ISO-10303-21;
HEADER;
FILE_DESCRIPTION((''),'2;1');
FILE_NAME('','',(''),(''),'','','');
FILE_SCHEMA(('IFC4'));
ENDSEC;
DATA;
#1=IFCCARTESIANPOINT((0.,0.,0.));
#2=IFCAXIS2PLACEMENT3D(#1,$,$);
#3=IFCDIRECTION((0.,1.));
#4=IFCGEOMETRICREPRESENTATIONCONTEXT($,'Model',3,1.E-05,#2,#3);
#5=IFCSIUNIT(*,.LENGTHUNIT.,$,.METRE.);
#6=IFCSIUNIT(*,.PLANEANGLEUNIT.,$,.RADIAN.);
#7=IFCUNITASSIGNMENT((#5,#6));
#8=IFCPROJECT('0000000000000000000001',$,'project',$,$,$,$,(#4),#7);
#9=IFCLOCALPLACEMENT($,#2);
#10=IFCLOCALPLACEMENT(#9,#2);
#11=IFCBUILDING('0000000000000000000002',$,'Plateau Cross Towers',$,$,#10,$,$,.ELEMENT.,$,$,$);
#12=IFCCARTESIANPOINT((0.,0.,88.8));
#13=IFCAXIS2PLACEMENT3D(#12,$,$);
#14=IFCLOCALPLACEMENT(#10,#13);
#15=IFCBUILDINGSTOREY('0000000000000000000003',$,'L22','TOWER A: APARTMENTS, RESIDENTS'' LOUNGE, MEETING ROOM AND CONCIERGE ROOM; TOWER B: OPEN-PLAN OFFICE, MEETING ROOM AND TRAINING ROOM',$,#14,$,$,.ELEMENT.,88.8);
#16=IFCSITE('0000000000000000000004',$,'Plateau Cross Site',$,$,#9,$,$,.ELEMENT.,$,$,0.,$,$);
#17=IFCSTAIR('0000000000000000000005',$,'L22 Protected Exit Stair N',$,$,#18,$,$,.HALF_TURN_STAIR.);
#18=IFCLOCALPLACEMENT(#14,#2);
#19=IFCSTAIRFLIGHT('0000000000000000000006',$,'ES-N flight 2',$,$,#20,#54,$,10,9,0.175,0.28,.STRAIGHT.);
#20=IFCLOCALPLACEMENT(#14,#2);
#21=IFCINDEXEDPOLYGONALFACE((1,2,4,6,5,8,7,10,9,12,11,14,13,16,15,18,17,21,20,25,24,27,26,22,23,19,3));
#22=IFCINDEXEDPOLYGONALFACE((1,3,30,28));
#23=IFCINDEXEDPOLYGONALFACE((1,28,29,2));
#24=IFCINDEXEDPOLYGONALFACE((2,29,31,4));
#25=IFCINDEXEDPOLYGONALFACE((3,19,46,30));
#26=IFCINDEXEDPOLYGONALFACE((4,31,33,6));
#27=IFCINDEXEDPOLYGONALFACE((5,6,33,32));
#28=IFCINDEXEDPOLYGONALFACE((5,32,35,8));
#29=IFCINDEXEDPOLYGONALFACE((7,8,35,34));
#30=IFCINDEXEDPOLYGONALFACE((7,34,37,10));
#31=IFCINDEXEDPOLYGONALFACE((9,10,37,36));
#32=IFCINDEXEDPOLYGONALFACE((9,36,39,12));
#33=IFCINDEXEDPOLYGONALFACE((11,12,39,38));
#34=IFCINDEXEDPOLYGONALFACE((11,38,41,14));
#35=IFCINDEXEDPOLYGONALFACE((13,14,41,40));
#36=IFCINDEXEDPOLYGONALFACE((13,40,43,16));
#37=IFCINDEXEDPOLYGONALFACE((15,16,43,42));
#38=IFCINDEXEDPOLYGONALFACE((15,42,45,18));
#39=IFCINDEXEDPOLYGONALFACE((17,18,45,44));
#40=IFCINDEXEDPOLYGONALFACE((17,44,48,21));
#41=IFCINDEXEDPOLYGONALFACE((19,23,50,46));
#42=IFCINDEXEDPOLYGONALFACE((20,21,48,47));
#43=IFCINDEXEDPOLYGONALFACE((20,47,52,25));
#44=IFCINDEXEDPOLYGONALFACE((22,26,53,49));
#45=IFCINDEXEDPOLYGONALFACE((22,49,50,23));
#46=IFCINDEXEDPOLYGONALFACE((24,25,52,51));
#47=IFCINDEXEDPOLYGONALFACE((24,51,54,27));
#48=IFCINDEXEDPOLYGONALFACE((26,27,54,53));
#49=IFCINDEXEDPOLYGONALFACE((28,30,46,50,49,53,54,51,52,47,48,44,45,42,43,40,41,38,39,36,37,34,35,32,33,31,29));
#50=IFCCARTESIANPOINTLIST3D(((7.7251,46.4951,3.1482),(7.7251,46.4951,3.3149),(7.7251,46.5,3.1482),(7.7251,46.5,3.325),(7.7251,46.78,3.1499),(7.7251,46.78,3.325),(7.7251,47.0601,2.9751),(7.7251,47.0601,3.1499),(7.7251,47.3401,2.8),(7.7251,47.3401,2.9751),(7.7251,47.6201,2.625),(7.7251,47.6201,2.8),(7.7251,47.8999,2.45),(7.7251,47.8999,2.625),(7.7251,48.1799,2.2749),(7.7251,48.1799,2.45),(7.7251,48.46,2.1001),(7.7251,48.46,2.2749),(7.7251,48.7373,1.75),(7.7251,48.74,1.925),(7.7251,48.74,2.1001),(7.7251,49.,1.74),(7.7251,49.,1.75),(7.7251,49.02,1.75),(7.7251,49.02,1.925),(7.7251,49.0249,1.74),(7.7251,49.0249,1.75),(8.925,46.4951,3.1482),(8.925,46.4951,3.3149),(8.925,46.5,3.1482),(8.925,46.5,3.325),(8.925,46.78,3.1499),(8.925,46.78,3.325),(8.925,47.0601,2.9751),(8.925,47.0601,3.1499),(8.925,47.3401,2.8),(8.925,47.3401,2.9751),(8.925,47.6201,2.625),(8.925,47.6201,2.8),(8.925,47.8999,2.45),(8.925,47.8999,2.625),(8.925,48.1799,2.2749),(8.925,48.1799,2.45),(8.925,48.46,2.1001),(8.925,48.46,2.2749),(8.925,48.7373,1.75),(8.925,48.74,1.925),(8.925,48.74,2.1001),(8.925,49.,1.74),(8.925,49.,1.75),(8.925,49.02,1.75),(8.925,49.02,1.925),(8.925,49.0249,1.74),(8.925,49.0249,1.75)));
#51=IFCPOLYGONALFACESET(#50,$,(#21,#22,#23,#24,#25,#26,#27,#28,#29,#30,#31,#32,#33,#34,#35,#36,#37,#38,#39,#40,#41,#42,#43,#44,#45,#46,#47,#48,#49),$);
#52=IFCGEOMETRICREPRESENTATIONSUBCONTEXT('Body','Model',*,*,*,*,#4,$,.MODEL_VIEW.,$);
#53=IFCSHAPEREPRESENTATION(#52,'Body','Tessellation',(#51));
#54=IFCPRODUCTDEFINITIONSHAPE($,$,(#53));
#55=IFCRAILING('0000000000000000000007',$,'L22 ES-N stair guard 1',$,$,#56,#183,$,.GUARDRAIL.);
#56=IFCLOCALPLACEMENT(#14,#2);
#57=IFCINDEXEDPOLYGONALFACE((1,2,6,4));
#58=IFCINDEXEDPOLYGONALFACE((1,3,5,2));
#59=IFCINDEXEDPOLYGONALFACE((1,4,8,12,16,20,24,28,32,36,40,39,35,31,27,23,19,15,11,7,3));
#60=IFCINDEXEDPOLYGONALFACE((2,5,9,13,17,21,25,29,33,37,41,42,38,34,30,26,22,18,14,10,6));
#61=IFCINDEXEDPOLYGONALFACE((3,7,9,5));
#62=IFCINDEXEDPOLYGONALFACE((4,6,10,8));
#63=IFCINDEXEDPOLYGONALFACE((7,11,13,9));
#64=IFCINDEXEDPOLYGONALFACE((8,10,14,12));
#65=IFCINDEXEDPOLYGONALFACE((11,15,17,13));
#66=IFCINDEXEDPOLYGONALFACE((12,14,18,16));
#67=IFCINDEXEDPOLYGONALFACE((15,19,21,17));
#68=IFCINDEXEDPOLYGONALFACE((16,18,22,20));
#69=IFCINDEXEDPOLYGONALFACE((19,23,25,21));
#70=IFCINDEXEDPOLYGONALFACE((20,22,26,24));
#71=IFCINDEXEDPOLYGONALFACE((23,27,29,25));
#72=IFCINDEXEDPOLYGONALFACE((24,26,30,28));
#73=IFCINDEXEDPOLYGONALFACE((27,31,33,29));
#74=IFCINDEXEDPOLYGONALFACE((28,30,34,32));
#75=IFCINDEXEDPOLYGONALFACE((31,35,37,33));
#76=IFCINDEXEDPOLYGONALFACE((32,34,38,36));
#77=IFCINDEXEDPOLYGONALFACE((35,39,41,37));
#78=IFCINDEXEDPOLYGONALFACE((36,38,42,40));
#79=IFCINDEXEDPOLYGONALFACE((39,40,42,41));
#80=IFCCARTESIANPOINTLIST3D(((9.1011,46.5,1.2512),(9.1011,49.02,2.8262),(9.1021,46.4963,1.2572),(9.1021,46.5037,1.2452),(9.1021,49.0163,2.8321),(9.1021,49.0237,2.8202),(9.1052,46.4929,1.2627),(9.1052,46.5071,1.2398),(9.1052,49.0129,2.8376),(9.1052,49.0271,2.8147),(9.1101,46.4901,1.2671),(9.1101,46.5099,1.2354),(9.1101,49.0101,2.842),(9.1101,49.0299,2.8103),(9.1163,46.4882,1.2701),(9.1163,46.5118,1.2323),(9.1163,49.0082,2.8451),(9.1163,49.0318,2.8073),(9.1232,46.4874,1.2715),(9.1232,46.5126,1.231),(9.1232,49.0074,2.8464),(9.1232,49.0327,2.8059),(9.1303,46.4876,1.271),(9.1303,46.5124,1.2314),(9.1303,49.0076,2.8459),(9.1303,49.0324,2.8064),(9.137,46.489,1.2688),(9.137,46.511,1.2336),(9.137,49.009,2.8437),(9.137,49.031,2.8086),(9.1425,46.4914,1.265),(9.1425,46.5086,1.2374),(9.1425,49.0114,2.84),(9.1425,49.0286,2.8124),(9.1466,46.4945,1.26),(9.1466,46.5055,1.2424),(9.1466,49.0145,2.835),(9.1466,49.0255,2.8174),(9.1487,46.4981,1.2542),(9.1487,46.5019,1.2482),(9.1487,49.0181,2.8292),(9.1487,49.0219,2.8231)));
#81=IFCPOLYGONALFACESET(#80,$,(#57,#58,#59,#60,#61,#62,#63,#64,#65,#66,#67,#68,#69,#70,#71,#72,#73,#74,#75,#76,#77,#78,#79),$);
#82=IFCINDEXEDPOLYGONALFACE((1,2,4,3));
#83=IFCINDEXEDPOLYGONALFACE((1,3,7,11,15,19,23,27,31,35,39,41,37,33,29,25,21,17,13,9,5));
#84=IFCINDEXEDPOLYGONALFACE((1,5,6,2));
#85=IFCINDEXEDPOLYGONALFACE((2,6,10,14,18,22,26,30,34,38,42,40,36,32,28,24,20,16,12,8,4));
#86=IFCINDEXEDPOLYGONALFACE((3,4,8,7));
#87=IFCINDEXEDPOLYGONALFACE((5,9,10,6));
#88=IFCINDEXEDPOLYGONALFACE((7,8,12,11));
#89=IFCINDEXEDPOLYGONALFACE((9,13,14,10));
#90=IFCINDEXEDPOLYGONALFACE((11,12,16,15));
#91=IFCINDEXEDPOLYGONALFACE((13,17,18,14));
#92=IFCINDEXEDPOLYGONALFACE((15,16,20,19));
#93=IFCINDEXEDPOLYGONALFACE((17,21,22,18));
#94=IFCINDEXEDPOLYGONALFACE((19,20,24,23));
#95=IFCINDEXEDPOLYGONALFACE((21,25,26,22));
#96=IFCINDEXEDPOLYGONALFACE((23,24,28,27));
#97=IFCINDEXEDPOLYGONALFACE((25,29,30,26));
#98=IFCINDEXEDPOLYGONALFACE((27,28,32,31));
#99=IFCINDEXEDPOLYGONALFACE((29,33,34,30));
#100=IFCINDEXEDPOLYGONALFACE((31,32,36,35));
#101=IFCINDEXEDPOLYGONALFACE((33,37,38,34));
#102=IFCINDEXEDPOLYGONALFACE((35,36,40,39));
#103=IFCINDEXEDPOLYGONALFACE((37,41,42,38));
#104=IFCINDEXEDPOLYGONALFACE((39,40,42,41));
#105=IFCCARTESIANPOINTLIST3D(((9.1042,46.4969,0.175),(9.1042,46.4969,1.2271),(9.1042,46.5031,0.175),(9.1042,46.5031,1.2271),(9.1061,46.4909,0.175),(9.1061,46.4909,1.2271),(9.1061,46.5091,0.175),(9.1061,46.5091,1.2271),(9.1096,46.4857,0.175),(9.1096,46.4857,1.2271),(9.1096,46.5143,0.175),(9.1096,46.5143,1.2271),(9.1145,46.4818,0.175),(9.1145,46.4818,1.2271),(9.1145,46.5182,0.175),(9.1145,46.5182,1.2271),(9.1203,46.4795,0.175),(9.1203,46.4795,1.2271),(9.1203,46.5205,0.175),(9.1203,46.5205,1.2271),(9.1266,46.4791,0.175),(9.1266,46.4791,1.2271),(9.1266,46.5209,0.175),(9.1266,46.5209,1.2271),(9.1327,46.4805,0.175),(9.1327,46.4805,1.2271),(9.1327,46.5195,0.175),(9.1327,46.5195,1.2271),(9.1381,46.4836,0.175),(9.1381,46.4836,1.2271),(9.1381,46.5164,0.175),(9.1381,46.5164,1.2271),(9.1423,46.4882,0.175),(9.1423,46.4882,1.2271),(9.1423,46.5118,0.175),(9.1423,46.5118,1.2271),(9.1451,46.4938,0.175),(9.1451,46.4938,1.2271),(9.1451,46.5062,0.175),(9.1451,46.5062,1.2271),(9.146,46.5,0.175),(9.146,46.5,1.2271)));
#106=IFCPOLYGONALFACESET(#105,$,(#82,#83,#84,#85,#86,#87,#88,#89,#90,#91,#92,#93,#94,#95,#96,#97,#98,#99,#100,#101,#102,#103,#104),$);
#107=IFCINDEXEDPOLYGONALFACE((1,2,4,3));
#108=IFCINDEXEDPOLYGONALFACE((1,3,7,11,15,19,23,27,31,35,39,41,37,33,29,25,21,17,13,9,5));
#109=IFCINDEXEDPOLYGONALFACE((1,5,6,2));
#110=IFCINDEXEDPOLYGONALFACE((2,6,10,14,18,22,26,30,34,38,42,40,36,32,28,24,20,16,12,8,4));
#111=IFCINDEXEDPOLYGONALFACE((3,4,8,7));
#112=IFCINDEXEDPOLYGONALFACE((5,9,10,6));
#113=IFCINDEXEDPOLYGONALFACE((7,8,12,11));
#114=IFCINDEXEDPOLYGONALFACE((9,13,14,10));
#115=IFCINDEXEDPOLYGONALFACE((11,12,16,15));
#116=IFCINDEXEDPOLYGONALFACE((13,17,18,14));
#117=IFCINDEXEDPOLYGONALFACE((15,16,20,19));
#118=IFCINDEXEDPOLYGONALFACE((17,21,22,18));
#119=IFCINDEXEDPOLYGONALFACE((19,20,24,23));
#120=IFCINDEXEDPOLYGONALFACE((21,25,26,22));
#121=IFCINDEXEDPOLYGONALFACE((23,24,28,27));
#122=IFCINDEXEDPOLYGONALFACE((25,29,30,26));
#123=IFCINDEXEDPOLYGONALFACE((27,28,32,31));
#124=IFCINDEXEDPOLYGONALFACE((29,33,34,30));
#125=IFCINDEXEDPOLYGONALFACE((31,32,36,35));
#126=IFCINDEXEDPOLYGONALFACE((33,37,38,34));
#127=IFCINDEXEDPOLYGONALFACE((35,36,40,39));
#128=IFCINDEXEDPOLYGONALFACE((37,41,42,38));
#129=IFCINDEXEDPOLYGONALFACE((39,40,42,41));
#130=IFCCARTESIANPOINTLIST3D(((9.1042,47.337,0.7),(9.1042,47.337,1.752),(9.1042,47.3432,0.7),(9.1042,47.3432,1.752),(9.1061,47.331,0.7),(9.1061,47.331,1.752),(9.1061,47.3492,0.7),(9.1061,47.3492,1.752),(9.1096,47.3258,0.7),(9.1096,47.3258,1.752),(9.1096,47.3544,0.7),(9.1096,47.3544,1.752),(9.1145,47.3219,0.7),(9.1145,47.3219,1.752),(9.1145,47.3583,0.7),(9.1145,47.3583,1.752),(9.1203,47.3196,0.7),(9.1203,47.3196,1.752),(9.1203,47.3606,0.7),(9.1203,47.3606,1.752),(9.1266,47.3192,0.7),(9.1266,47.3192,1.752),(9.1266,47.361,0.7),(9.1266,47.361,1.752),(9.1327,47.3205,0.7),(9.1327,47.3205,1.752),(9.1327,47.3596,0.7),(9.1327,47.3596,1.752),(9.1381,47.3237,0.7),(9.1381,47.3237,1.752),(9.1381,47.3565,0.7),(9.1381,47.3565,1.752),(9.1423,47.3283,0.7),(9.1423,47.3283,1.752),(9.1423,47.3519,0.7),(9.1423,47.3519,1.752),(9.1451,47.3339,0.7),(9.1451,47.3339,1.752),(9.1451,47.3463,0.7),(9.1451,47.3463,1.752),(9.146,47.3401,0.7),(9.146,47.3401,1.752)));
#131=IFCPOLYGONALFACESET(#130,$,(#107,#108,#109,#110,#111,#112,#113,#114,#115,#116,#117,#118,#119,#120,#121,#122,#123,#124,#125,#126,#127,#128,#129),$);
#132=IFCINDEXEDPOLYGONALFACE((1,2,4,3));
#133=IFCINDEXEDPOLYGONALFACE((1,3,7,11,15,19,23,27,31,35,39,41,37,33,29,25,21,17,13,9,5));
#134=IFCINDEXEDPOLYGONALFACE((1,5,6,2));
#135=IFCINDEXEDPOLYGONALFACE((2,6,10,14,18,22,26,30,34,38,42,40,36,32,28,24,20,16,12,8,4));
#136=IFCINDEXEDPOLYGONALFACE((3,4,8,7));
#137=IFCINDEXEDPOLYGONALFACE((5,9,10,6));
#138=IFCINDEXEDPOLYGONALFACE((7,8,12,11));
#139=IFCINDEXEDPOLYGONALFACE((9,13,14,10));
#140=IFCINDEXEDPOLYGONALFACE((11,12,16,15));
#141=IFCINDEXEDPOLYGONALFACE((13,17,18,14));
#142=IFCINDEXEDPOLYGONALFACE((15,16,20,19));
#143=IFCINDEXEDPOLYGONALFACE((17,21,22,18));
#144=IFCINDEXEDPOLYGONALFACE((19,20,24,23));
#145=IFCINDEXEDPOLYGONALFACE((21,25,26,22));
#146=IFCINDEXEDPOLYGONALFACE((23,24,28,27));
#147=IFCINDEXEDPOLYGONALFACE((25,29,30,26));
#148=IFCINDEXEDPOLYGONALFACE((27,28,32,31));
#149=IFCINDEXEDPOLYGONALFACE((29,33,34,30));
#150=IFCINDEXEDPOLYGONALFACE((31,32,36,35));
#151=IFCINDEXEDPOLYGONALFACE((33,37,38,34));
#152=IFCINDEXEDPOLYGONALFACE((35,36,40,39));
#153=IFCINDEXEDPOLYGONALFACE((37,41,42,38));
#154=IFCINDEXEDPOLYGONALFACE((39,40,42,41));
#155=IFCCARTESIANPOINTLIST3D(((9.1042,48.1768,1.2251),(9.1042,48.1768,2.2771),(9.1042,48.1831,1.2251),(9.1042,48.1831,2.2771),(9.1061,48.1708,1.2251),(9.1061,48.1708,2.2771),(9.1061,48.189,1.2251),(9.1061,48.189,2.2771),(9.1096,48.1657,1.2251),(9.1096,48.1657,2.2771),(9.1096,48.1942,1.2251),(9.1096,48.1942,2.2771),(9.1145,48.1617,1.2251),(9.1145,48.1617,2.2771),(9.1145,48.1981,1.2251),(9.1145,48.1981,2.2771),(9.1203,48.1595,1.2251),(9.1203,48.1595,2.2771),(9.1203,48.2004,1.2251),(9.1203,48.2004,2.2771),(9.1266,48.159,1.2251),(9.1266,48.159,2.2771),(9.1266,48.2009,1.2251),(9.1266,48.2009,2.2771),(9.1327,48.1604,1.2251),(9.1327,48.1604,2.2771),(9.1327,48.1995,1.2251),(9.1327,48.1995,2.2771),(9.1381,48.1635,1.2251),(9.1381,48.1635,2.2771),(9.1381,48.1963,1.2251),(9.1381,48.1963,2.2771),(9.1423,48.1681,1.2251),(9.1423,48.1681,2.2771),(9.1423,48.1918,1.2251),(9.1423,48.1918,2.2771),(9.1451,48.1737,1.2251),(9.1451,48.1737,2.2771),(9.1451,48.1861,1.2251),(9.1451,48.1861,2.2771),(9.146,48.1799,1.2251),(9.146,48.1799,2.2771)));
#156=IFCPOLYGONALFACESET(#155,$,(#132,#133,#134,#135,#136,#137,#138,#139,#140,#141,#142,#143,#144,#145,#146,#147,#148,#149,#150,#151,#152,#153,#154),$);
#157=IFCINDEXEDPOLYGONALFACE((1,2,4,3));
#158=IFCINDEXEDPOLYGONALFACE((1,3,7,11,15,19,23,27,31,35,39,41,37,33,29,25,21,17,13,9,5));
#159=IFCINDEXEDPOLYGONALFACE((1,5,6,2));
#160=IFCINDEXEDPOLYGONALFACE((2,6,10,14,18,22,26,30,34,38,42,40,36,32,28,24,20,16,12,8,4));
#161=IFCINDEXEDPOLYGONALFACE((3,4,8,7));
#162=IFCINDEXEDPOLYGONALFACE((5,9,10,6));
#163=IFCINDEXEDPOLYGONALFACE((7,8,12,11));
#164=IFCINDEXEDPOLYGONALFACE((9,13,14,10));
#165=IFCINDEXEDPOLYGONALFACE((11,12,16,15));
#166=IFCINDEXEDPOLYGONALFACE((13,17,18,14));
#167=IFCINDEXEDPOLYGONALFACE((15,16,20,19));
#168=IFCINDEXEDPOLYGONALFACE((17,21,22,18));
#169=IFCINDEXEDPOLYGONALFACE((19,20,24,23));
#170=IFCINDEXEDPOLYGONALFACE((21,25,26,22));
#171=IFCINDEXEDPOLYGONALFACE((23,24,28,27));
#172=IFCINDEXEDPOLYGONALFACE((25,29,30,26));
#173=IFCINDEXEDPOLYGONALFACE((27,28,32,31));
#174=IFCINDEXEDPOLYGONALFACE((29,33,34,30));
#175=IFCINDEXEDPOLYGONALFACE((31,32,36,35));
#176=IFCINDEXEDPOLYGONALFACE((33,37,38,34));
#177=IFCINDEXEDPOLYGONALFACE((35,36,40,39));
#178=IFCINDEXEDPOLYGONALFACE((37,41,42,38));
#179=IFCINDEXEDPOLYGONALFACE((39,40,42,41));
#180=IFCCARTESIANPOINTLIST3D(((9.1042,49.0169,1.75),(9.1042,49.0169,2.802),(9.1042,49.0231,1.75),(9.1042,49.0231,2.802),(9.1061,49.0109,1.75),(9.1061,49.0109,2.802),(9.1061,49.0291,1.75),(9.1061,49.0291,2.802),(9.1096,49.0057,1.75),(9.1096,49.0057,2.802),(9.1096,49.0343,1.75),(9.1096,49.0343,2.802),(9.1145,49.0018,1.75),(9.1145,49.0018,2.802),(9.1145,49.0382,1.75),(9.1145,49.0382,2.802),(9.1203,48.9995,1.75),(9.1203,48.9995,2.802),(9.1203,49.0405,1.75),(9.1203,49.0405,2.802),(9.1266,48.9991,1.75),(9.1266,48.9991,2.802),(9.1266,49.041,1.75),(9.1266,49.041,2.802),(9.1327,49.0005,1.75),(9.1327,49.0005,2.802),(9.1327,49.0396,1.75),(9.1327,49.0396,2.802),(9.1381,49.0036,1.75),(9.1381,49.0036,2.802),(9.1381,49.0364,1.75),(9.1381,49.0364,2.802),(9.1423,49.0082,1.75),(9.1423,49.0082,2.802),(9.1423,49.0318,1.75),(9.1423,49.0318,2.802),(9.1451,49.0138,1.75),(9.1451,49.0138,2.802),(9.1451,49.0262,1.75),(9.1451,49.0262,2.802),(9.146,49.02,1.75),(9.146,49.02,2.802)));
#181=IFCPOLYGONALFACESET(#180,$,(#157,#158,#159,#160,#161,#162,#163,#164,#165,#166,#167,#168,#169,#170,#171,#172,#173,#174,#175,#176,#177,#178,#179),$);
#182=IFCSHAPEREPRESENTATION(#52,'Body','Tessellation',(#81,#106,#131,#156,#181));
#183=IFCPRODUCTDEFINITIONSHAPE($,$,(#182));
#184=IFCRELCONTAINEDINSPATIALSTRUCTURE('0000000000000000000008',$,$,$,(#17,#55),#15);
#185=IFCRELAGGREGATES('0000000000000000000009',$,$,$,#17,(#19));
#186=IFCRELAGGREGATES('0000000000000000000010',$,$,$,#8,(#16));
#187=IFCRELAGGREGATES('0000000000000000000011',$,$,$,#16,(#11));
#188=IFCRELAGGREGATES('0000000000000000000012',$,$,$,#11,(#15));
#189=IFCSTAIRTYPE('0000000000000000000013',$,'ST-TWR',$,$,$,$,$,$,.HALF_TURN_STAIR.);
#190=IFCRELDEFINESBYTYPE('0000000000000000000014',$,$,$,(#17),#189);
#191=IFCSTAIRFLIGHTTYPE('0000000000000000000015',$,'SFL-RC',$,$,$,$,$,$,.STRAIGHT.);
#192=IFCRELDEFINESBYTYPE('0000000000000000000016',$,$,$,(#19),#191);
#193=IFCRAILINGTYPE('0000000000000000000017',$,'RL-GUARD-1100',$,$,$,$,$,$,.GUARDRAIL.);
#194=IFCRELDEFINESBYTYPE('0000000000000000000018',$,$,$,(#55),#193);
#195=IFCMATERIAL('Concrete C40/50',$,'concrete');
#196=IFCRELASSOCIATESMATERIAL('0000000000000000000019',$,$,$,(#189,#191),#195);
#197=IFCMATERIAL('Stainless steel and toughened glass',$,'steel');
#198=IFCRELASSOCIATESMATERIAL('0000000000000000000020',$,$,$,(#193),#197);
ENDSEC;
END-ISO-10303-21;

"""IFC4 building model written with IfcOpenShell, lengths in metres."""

from ifc_helpers import new_model, si_unit, direction, frame, origin, origin_2d, place, context, subcontext, project, spatial, polyline, circle, outline, extrude, material, type_object, element, aggregate, save


model = new_model("IFC4")

# Units and contexts
model_context = context("Model", 3, precision=1e-05, world=origin(), true_north=direction((0.0, 1.0)))
body_context = subcontext(model_context, "Body", "Model", "MODEL_VIEW")
ifc_project = project(units=[si_unit("LENGTHUNIT", "METRE"), si_unit("PLANEANGLEUNIT", "RADIAN")], contexts=[model_context])

# Site, building, storey
site_placement = place(None, origin())
site = spatial("IfcSite", under=ifc_project, at=site_placement, Name="Plateau Cross Site", CompositionType="ELEMENT", RefElevation=0.0)
building_placement = place(site_placement, origin())
building = spatial("IfcBuilding", under=site, at=building_placement, Name="Plateau Cross Towers", CompositionType="ELEMENT")
storey_placement = place(building_placement, frame((0.0, 0.0, 88.8)))
storey = spatial("IfcBuildingStorey", under=building, at=storey_placement, Name="L22", Description="TOWER A: APARTMENTS, RESIDENTS' LOUNGE, MEETING ROOM AND CONCIERGE ROOM; TOWER B: OPEN-PLAN OFFICE, MEETING ROOM AND TRAINING ROOM", CompositionType="ELEMENT", Elevation=88.8)

# Stair, stair flight
ifc_material_1 = material(Name="Concrete C40/50", Category="concrete")
stair_type = type_object("IfcStairType", Name="ST-TWR", PredefinedType="HALF_TURN_STAIR", material=ifc_material_1)
stair_placement = place(storey_placement, origin())
stair = element("IfcStair", 1, at=stair_placement, inside=storey, type_object=stair_type, Name="L22 Protected Exit Stair N", PredefinedType="HALF_TURN_STAIR")
stair_flight_type = type_object("IfcStairFlightType", Name="SFL-RC", PredefinedType="STRAIGHT", material=ifc_material_1)
stair_flight_placement = place(storey_placement, frame((8.325, 49.02, 1.75), z_axis=(0.0, 0.0, 1.0), x_axis=(0.0, -1.0, 0.0)))
stair_flight = element("IfcStairFlight", 2, at=stair_flight_placement, type_object=stair_flight_type, Name="ES-N flight 2", NumberOfRisers=10, NumberOfTreads=9, PredefinedType="STRAIGHT", RiserHeight=0.175, TreadLength=0.28, context=body_context, shape_type="SweptSolid", body=[
    extrude(outline(polyline([(-0.0049, -0.01), (-0.0049, 0.0), (0.0, 0.0), (0.0, 0.175), (0.28, 0.175), (0.28, 0.3501), (0.5601, 0.3501), (0.5601, 0.5249), (0.8401, 0.5249), (0.8401, 0.7), (1.1201, 0.7), (1.1201, 0.875), (1.3999, 0.875), (1.3999, 1.05), (1.6799, 1.05), (1.6799, 1.2251), (1.96, 1.2251), (1.96, 1.3999), (2.24, 1.3999), (2.24, 1.575), (2.52, 1.575), (2.5249, 1.5649), (2.5249, 1.3982), (2.52, 1.3982), (0.2827, 0.0), (0.02, 0.0), (0.02, -0.01), (-0.0049, -0.01)])), frame((0.0, 0.6001, 0.0), z_axis=(0.0, -1.0, 0.0), x_axis=(1.0, 0.0, 0.0)), (0.0, 0.0, 1.0), 1.2),
])
aggregate(stair, [stair_flight])

# Railing
ifc_material_2 = material(Name="Stainless steel and toughened glass", Category="steel")
railing_type_1 = type_object("IfcRailingType", Name="RL-GUARD-1100", PredefinedType="GUARDRAIL", material=ifc_material_2)
railing_1_placement = place(storey_placement, frame((9.125, 46.5, 0.175)))
element("IfcRailing", 3, at=railing_1_placement, inside=storey, type_object=railing_type_1, Name="L22 ES-N stair guard 1", PredefinedType="GUARDRAIL", context=body_context, shape_type="SweptSolid", body=[
    extrude(circle(Radius=0.0239, at=origin_2d()), frame((0.0, 0.0, 1.0762), z_axis=(0.0, 0.848008, 0.529984), x_axis=(-1.0, 0.0, 0.0)), (0.0, 0.0, 1.0), 2.9717),
    extrude(circle(Radius=0.021, at=origin_2d()), origin(), (0.0, 0.0, 1.0), 1.052),
    extrude(circle(Radius=0.021, at=origin_2d()), frame((0.0, 0.8401, 0.5249)), (0.0, 0.0, 1.0), 1.052),
    extrude(circle(Radius=0.021, at=origin_2d()), frame((0.0, 1.6799, 1.05)), (0.0, 0.0, 1.0), 1.052),
    extrude(circle(Radius=0.021, at=origin_2d()), frame((0.0, 2.52, 1.575)), (0.0, 0.0, 1.0), 1.052),
])

save(model, "model.ifc")
